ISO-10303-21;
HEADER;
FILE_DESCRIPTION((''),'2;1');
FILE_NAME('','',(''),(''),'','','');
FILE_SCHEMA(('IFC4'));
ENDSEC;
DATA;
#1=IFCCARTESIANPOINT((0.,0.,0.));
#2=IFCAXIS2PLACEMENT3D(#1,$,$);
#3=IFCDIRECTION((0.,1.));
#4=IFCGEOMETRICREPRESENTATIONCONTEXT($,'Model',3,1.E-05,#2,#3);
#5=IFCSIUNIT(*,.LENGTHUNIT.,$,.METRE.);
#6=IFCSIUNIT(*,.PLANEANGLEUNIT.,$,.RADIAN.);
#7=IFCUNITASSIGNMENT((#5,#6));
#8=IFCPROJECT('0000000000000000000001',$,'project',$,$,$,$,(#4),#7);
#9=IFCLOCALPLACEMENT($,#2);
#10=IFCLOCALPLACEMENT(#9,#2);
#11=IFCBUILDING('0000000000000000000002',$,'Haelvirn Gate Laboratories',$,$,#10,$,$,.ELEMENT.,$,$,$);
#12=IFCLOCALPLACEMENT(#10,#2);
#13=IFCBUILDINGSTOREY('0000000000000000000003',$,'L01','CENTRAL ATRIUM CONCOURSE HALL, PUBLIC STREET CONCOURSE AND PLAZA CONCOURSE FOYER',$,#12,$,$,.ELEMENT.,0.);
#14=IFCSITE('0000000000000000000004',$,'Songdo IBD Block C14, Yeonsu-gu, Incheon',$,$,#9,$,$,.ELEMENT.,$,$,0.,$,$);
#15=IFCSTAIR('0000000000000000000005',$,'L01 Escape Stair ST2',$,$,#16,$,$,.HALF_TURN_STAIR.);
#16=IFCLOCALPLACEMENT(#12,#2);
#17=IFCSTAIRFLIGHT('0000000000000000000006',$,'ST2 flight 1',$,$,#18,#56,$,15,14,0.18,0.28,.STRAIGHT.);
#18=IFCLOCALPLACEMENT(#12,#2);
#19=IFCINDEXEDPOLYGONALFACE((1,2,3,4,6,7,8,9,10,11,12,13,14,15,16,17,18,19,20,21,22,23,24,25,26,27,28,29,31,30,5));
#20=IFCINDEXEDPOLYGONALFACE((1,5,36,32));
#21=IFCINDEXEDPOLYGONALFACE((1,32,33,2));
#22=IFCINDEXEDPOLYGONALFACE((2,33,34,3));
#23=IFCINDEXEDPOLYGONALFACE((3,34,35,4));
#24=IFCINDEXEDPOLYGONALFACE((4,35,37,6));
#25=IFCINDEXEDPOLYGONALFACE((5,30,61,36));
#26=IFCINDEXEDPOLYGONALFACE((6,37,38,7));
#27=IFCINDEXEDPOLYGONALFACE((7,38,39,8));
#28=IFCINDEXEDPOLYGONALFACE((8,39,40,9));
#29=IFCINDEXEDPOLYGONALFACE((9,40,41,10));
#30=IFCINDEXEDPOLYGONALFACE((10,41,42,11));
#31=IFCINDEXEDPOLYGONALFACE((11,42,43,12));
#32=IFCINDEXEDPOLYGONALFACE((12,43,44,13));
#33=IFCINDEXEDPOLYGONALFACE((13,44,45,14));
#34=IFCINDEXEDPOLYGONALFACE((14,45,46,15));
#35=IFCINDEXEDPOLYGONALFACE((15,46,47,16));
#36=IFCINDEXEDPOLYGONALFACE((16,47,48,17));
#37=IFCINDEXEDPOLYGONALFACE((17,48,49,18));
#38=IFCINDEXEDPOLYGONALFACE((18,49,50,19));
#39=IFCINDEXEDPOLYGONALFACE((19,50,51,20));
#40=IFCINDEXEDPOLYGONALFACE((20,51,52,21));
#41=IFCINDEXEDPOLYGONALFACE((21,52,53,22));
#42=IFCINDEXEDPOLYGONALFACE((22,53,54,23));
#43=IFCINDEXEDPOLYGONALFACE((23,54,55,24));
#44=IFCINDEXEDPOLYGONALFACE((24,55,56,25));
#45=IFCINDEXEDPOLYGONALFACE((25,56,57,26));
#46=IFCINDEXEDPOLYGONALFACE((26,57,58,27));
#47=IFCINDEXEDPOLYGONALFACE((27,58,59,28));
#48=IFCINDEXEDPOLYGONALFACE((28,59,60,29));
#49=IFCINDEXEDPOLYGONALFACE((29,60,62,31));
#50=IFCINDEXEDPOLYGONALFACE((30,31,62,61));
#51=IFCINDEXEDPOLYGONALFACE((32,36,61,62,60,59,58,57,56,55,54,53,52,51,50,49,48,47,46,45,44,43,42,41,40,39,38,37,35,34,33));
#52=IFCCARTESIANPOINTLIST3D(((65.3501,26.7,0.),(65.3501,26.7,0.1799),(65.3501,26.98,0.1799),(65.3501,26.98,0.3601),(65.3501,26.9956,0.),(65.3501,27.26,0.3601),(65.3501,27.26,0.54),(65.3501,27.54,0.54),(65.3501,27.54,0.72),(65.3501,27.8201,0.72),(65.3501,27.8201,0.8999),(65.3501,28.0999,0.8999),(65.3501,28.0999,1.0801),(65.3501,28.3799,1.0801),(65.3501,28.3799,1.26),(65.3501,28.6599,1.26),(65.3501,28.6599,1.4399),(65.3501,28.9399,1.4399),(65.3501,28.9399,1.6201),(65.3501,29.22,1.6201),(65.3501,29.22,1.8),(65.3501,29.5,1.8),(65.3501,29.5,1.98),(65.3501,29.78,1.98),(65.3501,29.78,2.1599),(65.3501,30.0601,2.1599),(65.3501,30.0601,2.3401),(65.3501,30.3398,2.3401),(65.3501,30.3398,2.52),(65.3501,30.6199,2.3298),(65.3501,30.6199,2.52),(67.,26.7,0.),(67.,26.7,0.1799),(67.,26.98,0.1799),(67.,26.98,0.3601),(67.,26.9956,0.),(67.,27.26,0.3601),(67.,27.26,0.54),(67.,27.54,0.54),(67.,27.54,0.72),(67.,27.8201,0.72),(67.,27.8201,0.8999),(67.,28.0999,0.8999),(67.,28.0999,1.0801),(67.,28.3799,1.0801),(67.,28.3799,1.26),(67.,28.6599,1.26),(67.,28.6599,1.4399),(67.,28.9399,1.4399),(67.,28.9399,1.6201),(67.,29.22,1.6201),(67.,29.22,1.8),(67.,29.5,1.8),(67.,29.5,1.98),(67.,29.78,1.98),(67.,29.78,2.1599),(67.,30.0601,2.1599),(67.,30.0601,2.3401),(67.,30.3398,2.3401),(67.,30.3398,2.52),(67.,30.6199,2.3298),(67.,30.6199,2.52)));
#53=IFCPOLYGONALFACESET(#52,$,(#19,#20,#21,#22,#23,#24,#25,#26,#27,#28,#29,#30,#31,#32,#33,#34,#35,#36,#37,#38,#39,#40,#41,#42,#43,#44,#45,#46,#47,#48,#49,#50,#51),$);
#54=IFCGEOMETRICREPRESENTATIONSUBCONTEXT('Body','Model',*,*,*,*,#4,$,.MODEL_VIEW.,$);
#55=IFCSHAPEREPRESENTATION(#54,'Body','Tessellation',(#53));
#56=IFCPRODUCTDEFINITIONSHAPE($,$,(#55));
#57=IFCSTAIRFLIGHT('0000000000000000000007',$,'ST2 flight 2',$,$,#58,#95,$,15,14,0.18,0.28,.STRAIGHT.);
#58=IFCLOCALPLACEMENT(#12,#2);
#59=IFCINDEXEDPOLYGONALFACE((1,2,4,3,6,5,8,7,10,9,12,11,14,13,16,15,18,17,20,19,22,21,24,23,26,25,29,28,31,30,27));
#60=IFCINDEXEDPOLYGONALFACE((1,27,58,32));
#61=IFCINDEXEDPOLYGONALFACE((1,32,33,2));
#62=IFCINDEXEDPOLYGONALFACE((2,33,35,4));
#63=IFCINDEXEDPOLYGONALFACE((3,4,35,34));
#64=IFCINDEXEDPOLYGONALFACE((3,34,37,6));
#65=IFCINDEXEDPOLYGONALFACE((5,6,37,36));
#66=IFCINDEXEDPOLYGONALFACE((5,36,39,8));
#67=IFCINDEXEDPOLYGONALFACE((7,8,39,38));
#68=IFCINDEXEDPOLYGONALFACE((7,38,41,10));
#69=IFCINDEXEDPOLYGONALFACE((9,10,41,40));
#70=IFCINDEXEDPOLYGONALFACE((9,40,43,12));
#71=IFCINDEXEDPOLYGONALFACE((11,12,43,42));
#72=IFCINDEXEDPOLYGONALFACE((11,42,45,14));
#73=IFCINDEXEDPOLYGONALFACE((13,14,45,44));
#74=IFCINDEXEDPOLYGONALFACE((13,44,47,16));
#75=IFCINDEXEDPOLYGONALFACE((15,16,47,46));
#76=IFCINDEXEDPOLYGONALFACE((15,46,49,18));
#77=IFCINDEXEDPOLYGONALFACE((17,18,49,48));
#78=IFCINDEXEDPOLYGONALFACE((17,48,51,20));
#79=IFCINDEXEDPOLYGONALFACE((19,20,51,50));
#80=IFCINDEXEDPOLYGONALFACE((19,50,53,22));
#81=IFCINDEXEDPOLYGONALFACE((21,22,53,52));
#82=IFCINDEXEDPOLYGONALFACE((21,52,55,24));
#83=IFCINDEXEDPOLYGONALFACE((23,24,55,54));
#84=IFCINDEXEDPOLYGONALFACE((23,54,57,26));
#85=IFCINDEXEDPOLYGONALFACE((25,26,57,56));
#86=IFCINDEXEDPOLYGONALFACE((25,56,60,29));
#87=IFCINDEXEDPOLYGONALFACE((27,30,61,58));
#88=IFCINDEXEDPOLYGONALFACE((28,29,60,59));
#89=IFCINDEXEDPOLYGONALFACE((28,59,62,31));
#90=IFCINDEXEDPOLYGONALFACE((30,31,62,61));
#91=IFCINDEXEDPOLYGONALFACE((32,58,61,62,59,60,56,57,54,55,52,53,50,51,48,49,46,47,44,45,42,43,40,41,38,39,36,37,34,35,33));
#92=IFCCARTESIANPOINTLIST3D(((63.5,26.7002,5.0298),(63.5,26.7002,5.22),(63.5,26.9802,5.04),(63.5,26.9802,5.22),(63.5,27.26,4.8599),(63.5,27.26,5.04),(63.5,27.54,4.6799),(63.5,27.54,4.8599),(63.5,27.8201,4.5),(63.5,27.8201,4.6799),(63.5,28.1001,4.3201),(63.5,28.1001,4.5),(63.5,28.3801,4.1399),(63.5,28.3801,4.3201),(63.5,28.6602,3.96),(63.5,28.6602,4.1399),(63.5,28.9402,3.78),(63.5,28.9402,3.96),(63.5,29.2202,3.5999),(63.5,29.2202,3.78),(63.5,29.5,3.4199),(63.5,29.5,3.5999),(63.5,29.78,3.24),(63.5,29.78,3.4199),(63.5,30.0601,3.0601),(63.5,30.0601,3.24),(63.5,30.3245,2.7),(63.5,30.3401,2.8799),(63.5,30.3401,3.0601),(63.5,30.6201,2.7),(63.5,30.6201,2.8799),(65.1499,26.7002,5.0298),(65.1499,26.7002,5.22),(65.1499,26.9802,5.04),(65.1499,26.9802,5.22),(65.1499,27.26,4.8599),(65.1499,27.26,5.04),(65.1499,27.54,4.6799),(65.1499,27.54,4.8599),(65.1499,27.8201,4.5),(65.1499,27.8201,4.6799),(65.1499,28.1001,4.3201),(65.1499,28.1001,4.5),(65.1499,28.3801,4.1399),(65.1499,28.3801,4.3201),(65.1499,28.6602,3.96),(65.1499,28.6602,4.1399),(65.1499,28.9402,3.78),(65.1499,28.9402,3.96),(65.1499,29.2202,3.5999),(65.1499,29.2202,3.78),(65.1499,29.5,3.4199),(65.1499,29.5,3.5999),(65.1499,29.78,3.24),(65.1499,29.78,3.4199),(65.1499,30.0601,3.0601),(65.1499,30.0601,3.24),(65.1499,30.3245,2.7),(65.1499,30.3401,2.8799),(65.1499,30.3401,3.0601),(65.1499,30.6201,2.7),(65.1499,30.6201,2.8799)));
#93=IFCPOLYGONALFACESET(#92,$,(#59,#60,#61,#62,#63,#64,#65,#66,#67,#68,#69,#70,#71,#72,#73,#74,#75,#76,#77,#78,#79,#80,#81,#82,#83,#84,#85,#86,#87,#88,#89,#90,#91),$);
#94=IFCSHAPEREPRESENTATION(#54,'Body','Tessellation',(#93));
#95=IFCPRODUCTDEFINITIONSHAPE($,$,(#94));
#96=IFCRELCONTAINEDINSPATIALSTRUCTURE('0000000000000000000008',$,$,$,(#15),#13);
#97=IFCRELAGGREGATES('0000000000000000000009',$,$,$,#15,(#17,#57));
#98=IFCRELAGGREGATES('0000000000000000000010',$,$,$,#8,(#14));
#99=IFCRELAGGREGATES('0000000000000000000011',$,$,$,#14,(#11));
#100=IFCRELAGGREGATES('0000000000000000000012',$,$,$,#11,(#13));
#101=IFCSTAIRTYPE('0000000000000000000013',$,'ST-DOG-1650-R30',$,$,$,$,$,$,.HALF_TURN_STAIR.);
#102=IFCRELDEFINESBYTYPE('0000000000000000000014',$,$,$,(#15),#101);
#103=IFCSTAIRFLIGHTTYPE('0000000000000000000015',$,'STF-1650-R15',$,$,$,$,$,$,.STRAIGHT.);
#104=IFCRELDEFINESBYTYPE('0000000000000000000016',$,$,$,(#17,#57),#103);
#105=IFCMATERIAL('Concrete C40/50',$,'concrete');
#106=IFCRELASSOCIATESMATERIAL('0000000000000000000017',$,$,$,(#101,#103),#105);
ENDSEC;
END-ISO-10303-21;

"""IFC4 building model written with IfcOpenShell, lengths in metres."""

from ifc_helpers import new_model, si_unit, direction, frame, origin, place, context, subcontext, project, spatial, polyline, outline, extrude, source, transform, mapped, material, type_object, type_shapes, element, aggregate, save


model = new_model("IFC4")

# Units and contexts
model_context = context("Model", 3, precision=1e-05, world=origin(), true_north=direction((0.0, 1.0)))
body_context = subcontext(model_context, "Body", "Model", "MODEL_VIEW")
ifc_project = project(units=[si_unit("LENGTHUNIT", "METRE"), si_unit("PLANEANGLEUNIT", "RADIAN")], contexts=[model_context])

# Site, building, storey
site_placement = place(None, origin())
site = spatial("IfcSite", under=ifc_project, at=site_placement, Name="Songdo IBD Block C14, Yeonsu-gu, Incheon", CompositionType="ELEMENT", RefElevation=0.0)
building_placement = place(site_placement, origin())
building = spatial("IfcBuilding", under=site, at=building_placement, Name="Haelvirn Gate Laboratories", CompositionType="ELEMENT")
storey_placement = place(building_placement, origin())
storey = spatial("IfcBuildingStorey", under=building, at=storey_placement, Name="L01", Description="CENTRAL ATRIUM CONCOURSE HALL, PUBLIC STREET CONCOURSE AND PLAZA CONCOURSE FOYER", CompositionType="ELEMENT", Elevation=0.0)

# Stair, stair flights
ifc_material_1 = material(Name="Concrete C40/50", Category="concrete")
stair_type = type_object("IfcStairType", Name="ST-DOG-1650-R30", PredefinedType="HALF_TURN_STAIR", material=ifc_material_1)
stair_placement = place(storey_placement, origin())
stair = element("IfcStair", 1, at=stair_placement, inside=storey, type_object=stair_type, Name="L01 Escape Stair ST2", PredefinedType="HALF_TURN_STAIR")
stair_flight_type = type_object("IfcStairFlightType", Name="STF-1650-R15", PredefinedType="STRAIGHT", material=ifc_material_1)
shared_shape_1 = source(origin(), body_context, "Body", "SweptSolid", [
    extrude(outline(polyline([(0.0, 0.0), (0.0, 0.1799), (0.28, 0.1799), (0.28, 0.3601), (0.5601, 0.3601), (0.5601, 0.54), (0.8401, 0.54), (0.8401, 0.72), (1.1201, 0.72), (1.1201, 0.8999), (1.3999, 0.8999), (1.3999, 1.0801), (1.6799, 1.0801), (1.6799, 1.26), (1.96, 1.26), (1.96, 1.4399), (2.24, 1.4399), (2.24, 1.6201), (2.52, 1.6201), (2.52, 1.8), (2.8, 1.8), (2.8, 1.98), (3.0801, 1.98), (3.0801, 2.1599), (3.3601, 2.1599), (3.3601, 2.3401), (3.6399, 2.3401), (3.6399, 2.52), (3.9199, 2.52), (3.9199, 2.7), (3.9199, 2.3298), (0.2957, 0.0), (0.0, 0.0)])), frame((0.0, 0.825, 0.0), z_axis=(0.0, -1.0, 0.0), x_axis=(1.0, 0.0, 0.0)), (0.0, 0.0, 1.0), 1.6499),
])
type_shapes(stair_flight_type, [shared_shape_1])
stair_flight_1_placement = place(storey_placement, frame((66.175, 26.7, 0.0), z_axis=(0.0, 0.0, 1.0), x_axis=(0.0, 1.0, 0.0)))
stair_flight_1 = element("IfcStairFlight", 2, at=stair_flight_1_placement, type_object=stair_flight_type, Name="ST2 flight 1", NumberOfRisers=15, NumberOfTreads=14, PredefinedType="STRAIGHT", RiserHeight=0.18, TreadLength=0.28, context=body_context, shape_type="MappedRepresentation", body=[
    mapped(shared_shape_1, transform((0.0, 0.0, 0.0), scale=1.0)),
])
stair_flight_2_placement = place(storey_placement, frame((64.325, 30.6201, 2.7), z_axis=(0.0, 0.0, 1.0), x_axis=(0.0, -1.0, 0.0)))
stair_flight_2 = element("IfcStairFlight", 3, at=stair_flight_2_placement, type_object=stair_flight_type, Name="ST2 flight 2", NumberOfRisers=15, NumberOfTreads=14, PredefinedType="STRAIGHT", RiserHeight=0.18, TreadLength=0.28, context=body_context, shape_type="MappedRepresentation", body=[
    mapped(shared_shape_1, transform((0.0, 0.0, 0.0), scale=1.0)),
])
aggregate(stair, [stair_flight_1, stair_flight_2])

save(model, "model.ifc")
